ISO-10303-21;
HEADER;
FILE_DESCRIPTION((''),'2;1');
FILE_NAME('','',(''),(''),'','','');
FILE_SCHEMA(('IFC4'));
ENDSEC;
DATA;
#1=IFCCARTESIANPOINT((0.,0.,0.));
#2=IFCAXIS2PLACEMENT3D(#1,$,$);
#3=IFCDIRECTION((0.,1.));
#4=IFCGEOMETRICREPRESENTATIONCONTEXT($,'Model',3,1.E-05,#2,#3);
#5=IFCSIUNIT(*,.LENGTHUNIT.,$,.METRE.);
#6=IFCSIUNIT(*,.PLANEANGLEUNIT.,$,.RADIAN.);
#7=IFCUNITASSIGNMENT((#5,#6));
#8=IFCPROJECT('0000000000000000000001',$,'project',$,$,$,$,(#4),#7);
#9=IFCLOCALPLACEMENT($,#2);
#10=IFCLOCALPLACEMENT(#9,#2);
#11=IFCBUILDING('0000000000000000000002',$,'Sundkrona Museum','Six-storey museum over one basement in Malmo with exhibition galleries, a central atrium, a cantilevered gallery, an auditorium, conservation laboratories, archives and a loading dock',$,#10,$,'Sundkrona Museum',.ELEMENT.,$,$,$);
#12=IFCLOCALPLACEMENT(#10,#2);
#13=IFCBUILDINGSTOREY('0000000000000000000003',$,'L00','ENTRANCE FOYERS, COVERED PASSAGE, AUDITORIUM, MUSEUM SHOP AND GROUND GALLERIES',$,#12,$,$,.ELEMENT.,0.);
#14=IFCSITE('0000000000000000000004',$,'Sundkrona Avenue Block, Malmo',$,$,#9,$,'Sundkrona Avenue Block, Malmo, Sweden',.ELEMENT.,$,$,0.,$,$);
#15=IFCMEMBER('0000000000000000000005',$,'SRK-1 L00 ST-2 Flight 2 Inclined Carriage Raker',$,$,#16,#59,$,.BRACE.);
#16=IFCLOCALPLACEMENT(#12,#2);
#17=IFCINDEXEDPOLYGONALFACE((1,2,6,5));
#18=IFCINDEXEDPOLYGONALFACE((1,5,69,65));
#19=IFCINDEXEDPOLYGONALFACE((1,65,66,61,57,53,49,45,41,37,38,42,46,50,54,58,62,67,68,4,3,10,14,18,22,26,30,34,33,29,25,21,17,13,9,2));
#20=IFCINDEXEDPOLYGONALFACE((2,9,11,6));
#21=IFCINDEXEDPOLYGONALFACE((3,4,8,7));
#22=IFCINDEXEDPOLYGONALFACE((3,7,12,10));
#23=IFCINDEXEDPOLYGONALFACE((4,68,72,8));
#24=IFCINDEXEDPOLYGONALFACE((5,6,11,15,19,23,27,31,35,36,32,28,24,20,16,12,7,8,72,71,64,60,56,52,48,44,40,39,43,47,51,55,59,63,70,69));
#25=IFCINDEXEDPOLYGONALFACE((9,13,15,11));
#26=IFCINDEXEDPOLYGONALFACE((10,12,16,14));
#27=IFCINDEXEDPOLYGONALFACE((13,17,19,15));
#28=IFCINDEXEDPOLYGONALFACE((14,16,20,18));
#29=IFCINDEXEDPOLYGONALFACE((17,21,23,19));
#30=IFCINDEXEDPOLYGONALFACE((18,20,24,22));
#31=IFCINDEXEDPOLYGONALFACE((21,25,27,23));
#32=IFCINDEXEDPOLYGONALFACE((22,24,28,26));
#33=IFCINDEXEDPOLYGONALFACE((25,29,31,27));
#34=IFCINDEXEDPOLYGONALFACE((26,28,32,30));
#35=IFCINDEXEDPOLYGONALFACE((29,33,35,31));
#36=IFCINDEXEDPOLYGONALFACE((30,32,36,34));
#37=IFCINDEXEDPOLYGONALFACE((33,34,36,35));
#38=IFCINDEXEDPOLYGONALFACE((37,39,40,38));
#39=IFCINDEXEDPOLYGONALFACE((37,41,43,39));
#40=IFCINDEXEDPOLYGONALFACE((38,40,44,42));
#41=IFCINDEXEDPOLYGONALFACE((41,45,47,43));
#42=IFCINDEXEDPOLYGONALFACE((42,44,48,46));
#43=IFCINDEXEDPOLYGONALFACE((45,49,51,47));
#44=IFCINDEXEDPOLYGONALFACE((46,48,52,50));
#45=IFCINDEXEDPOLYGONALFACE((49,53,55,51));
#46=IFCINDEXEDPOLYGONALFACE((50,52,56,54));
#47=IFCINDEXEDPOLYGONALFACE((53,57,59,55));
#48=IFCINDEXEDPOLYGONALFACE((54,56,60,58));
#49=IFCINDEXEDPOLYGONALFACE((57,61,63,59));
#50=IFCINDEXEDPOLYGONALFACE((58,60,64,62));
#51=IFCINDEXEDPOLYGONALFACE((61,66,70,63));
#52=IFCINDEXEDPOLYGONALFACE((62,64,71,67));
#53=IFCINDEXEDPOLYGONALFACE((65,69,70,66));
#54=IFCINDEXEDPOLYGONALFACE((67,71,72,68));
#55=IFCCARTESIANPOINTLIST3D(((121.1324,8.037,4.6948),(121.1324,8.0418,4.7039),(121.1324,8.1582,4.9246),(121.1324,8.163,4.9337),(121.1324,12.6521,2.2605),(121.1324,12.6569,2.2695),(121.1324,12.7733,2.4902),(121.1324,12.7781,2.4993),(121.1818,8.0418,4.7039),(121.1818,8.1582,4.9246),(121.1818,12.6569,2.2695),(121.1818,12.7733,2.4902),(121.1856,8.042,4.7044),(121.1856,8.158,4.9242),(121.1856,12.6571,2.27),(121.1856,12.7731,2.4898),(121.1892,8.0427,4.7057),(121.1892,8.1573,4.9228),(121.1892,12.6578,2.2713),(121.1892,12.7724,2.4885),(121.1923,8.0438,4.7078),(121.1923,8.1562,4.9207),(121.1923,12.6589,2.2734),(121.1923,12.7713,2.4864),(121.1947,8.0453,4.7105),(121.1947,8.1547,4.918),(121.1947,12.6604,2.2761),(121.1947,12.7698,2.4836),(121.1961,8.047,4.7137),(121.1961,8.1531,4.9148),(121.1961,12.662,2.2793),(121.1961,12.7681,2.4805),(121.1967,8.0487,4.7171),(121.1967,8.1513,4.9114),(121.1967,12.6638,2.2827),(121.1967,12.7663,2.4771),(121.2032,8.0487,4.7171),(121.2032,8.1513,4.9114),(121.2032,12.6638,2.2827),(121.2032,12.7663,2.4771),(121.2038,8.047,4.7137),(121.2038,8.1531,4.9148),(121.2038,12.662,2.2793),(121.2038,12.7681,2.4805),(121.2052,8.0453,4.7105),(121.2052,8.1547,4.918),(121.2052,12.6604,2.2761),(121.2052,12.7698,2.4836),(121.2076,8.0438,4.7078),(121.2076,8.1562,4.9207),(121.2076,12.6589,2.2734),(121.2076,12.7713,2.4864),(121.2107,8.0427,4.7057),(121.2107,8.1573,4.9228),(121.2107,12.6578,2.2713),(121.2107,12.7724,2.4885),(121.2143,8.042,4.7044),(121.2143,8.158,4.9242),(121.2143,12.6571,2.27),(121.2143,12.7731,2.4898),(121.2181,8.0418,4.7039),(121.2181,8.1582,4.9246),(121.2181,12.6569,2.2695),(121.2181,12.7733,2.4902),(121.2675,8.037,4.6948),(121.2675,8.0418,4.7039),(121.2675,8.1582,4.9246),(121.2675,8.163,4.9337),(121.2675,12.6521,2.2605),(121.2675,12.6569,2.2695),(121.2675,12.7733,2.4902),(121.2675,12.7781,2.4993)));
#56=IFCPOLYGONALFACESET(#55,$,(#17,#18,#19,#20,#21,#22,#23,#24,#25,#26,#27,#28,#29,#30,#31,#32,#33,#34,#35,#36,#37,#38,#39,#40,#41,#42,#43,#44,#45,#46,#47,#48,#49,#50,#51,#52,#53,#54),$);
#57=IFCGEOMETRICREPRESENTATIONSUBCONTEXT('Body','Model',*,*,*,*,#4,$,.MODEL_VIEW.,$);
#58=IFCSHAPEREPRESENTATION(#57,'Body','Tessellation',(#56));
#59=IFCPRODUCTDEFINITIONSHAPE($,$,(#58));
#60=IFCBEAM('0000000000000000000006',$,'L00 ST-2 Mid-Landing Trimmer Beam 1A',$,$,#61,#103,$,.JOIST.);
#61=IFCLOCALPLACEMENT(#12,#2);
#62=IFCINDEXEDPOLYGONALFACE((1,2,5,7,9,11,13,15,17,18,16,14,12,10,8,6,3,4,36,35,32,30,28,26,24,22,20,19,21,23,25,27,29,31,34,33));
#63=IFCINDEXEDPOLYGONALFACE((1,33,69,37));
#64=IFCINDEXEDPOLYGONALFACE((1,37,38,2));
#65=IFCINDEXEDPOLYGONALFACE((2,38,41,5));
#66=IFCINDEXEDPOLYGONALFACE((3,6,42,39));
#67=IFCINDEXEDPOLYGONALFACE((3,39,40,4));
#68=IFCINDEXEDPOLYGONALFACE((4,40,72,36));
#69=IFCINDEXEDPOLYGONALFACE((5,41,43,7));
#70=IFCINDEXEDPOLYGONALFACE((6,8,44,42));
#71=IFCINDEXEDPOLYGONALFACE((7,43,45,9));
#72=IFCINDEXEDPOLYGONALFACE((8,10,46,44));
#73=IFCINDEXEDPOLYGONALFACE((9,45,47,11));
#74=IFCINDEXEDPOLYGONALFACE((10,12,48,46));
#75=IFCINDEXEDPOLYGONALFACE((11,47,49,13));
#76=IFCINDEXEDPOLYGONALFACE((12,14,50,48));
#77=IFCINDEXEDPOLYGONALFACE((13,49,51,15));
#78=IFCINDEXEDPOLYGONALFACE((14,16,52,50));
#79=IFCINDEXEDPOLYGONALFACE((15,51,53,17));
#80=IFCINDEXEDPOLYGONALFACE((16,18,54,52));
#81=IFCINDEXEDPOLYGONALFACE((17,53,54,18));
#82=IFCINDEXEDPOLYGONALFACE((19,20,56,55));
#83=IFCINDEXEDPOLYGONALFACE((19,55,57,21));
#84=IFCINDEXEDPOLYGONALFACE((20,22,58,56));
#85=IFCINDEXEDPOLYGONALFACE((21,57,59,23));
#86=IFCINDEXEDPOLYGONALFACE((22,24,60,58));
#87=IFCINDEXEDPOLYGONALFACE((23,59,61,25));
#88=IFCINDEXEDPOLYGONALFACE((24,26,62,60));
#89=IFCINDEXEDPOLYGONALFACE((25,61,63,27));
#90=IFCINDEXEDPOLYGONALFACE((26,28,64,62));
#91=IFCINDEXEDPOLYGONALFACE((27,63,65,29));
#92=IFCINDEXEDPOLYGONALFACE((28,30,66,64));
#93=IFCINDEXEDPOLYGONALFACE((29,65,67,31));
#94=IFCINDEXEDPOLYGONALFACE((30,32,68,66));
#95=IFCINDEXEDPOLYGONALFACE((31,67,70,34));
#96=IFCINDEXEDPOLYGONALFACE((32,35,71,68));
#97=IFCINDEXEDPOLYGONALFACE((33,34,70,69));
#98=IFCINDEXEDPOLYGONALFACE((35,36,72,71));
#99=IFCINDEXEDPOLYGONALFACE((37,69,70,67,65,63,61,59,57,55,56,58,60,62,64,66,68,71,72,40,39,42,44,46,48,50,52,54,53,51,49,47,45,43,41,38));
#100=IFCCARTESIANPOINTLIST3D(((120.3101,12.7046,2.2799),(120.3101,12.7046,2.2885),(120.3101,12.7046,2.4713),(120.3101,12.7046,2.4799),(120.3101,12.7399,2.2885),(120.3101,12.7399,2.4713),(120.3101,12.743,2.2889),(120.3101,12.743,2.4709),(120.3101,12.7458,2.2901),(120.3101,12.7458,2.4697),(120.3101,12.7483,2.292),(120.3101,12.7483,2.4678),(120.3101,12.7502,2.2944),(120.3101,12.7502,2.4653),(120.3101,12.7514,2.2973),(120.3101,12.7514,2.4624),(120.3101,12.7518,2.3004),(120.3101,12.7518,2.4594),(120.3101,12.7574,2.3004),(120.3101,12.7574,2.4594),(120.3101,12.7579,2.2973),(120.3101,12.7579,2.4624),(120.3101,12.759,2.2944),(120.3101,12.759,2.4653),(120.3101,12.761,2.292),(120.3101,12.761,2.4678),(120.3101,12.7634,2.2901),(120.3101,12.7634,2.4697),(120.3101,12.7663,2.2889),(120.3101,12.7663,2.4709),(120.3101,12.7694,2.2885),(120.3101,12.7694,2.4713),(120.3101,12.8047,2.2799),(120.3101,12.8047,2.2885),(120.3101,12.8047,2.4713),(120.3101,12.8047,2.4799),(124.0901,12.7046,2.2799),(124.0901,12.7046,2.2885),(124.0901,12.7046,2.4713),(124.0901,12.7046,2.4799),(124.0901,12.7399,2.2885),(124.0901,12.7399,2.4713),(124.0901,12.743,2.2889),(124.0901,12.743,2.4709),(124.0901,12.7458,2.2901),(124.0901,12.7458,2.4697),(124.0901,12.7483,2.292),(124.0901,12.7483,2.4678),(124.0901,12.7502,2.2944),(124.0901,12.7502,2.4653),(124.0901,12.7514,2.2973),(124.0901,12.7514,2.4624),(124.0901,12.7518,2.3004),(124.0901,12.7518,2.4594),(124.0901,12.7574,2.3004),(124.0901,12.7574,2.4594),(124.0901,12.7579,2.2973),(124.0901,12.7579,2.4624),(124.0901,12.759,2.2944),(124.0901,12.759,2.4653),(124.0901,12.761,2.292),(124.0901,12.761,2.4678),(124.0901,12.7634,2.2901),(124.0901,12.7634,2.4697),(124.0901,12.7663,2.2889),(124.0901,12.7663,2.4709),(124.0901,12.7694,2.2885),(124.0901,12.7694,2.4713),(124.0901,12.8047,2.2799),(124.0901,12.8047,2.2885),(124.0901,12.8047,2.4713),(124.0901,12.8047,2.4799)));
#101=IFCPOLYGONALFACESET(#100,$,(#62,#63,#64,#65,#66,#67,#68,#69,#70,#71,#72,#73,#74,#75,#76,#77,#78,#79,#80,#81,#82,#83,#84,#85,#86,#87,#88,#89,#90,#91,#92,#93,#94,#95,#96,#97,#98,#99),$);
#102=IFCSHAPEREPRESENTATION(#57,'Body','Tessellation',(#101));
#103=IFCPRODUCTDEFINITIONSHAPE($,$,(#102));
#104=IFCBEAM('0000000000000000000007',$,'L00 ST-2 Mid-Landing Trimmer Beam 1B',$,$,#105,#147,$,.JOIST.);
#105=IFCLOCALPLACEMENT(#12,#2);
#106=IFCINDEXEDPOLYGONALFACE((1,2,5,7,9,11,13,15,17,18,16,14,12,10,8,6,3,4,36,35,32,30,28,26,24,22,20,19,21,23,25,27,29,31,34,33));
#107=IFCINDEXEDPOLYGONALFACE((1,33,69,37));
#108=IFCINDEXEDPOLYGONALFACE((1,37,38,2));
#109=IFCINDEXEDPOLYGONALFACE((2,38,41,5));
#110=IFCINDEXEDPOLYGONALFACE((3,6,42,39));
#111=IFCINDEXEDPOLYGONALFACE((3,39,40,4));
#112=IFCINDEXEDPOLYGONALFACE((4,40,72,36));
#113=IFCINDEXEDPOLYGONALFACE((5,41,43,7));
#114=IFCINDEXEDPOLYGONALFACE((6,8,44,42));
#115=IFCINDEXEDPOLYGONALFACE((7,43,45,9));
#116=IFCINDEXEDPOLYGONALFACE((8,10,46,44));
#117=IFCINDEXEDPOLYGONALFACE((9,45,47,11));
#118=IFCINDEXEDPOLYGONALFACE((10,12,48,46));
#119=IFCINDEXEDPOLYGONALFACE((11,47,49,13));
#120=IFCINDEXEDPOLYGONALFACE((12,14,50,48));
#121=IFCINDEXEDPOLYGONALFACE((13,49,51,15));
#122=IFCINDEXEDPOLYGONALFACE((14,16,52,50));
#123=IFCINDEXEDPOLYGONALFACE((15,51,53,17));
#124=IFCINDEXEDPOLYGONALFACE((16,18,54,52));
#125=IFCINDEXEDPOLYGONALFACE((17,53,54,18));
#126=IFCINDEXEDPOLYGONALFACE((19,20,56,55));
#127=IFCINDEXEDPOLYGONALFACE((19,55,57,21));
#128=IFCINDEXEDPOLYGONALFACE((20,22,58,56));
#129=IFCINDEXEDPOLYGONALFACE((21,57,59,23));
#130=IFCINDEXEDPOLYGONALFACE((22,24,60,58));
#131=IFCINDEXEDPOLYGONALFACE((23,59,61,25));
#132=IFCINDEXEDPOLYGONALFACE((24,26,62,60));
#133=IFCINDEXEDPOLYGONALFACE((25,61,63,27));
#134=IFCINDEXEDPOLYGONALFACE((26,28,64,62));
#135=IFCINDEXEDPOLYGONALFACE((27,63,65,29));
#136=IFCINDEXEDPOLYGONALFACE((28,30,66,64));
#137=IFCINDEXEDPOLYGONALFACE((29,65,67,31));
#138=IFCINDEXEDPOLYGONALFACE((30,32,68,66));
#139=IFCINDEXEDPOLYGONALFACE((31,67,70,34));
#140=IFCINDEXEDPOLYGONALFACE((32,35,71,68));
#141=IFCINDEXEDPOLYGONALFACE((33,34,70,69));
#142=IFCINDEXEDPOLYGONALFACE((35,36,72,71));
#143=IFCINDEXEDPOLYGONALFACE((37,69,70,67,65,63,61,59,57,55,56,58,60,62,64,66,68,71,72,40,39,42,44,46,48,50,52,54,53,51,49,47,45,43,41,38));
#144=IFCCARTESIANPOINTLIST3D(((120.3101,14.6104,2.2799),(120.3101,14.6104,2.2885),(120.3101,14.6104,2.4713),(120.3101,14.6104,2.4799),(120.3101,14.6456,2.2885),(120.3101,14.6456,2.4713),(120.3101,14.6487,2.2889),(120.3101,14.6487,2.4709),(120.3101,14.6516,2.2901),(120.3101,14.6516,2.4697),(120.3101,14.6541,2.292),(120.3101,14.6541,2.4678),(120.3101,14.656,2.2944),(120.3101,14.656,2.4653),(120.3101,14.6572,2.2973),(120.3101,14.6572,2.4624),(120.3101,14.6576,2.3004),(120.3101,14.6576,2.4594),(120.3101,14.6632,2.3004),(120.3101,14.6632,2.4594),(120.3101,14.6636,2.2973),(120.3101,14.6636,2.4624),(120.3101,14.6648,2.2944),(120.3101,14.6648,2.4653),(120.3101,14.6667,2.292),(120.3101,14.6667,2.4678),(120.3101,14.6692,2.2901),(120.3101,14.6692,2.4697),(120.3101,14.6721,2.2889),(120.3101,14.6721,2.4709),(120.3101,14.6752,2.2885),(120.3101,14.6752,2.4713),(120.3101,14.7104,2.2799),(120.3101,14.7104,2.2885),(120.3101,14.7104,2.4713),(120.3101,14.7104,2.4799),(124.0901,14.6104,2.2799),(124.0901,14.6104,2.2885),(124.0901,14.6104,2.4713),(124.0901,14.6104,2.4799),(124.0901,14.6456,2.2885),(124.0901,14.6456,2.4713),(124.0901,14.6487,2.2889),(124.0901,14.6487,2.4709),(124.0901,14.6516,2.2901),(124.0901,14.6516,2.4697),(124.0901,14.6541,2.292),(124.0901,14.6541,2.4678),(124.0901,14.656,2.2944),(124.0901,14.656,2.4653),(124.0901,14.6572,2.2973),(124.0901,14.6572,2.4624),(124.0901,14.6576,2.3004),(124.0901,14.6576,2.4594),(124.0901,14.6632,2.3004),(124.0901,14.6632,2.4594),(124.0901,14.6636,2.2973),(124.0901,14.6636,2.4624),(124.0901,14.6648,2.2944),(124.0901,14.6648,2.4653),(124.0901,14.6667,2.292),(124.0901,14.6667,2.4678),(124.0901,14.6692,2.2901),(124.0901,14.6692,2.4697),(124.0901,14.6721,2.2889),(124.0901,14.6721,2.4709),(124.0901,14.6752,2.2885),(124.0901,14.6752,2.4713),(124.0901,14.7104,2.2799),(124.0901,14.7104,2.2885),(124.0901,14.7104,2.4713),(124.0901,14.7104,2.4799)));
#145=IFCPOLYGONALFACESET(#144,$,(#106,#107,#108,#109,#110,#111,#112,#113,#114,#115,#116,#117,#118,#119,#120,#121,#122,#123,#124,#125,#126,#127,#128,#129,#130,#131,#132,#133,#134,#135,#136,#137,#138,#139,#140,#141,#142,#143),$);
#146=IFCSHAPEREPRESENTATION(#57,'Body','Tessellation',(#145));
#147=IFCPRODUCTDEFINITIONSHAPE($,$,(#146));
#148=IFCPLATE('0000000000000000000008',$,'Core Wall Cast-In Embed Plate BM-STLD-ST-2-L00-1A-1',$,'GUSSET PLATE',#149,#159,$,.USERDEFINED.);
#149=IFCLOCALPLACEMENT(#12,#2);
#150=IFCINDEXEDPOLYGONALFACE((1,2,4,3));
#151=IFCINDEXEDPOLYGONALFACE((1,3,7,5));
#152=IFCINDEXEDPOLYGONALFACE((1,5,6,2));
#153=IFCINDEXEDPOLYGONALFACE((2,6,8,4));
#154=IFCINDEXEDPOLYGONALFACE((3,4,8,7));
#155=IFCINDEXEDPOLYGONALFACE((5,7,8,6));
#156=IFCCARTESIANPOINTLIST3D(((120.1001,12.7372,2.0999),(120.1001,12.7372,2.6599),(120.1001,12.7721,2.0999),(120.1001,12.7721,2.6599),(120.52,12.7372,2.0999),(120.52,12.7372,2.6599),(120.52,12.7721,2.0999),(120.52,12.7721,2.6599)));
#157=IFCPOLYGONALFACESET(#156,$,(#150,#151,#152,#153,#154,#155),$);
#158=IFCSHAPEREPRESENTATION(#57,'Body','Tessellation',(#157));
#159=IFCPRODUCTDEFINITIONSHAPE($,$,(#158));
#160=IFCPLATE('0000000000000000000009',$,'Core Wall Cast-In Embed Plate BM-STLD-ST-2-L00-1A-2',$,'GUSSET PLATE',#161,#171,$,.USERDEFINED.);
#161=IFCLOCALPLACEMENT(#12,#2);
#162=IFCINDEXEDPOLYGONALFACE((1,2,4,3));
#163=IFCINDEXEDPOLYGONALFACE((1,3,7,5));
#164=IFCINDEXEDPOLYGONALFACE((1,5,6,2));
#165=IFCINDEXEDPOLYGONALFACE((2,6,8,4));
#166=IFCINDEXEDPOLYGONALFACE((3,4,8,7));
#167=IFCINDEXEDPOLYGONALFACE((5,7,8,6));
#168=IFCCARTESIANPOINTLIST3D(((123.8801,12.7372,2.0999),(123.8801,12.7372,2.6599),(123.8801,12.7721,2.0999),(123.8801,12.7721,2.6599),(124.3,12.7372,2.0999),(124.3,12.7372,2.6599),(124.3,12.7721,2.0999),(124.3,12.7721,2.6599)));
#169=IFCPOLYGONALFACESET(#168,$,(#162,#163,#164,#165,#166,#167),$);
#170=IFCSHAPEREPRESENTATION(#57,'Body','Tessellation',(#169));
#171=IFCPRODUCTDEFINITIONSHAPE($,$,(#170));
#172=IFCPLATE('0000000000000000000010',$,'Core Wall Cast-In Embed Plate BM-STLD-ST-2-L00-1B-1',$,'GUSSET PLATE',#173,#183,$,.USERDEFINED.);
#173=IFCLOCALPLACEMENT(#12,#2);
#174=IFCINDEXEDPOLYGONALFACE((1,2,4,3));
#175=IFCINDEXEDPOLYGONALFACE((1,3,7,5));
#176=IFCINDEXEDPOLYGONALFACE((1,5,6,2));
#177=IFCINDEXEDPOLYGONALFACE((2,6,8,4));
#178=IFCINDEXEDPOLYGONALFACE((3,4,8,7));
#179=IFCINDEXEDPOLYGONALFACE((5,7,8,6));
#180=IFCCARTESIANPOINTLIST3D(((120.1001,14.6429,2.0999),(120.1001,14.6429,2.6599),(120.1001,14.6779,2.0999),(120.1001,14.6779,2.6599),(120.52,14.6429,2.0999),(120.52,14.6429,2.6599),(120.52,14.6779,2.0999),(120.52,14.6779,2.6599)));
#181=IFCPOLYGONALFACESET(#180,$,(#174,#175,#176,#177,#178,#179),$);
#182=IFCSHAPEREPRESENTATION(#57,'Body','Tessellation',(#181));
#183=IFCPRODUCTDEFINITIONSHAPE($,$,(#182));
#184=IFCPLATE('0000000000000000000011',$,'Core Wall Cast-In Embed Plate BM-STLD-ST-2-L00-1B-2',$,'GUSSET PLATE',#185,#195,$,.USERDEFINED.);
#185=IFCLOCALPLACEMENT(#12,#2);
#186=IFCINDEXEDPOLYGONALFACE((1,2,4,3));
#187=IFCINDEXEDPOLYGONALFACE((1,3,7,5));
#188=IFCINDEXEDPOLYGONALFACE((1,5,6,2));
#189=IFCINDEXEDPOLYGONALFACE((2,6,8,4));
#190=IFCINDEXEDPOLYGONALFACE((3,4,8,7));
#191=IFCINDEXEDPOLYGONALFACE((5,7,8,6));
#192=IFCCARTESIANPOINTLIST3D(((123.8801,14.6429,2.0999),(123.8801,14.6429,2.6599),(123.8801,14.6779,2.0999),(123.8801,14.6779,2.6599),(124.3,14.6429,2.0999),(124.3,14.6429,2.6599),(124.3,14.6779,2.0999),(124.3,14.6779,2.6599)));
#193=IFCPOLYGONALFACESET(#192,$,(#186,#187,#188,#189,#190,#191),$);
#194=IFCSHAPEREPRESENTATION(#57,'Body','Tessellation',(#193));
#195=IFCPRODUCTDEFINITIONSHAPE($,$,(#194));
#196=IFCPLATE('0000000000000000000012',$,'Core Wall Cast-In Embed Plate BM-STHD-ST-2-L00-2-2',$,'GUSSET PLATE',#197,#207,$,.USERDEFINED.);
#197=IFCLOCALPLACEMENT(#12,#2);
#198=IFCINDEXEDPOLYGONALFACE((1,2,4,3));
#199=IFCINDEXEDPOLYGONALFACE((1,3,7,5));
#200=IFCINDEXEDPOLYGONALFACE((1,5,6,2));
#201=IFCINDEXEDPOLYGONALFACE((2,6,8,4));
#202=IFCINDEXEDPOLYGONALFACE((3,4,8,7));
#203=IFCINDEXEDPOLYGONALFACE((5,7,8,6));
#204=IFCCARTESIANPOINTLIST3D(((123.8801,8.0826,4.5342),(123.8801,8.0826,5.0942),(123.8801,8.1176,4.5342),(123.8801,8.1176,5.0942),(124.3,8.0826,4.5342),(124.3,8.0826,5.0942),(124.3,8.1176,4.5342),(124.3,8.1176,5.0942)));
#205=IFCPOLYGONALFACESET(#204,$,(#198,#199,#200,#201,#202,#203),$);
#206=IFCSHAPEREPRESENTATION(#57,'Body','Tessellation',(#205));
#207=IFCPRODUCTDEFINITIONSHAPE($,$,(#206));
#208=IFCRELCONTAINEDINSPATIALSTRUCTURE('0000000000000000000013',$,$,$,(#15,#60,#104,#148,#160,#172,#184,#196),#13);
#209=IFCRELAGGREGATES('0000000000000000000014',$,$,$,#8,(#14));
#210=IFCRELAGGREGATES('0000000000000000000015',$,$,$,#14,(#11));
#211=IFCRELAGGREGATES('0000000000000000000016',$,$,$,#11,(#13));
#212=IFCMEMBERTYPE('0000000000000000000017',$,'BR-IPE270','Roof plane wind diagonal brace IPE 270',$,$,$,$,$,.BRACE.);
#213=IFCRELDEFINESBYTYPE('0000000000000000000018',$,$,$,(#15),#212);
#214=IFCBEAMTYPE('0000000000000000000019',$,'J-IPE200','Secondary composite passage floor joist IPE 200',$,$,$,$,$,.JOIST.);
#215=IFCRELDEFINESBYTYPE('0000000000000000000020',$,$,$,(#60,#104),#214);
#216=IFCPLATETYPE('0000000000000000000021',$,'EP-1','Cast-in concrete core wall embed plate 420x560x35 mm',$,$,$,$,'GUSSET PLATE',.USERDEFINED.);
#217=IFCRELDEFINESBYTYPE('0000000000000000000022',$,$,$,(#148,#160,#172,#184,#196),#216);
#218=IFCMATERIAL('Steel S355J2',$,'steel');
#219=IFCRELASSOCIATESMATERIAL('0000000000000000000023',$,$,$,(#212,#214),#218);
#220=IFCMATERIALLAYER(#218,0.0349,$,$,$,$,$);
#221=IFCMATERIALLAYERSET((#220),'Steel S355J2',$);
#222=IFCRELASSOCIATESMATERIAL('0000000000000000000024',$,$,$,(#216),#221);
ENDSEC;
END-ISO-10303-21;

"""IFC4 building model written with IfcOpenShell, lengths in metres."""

from ifc_helpers import new_model, si_unit, direction, frame, origin, origin_2d, place, context, subcontext, project, spatial, rectangle, i_section, extrude, material, layer, layer_set, material_profile, profile_set, type_object, element, save


model = new_model("IFC4")

# Units and contexts
model_context = context("Model", 3, precision=1e-05, world=origin(), true_north=direction((0.0, 1.0)))
body_context = subcontext(model_context, "Body", "Model", "MODEL_VIEW")
ifc_project = project(units=[si_unit("LENGTHUNIT", "METRE"), si_unit("PLANEANGLEUNIT", "RADIAN")], contexts=[model_context])

# Site, building, storey
site_placement = place(None, origin())
site = spatial("IfcSite", under=ifc_project, at=site_placement, Name="Sundkrona Avenue Block, Malmo", LongName="Sundkrona Avenue Block, Malmo, Sweden", CompositionType="ELEMENT", RefElevation=0.0)
building_placement = place(site_placement, origin())
building = spatial("IfcBuilding", under=site, at=building_placement, Name="Sundkrona Museum", Description="Six-storey museum over one basement in Malmo with exhibition galleries, a central atrium, a cantilevered gallery, an auditorium, conservation laboratories, archives and a loading dock", LongName="Sundkrona Museum", CompositionType="ELEMENT")
storey_placement = place(building_placement, origin())
storey = spatial("IfcBuildingStorey", under=building, at=storey_placement, Name="L00", Description="ENTRANCE FOYERS, COVERED PASSAGE, AUDITORIUM, MUSEUM SHOP AND GROUND GALLERIES", CompositionType="ELEMENT", Elevation=0.0)

# Member
ifc_material_1 = material(Name="Steel S355J2", Category="steel")
ifc_material_profile_1 = material_profile(ifc_material_1, i_section(OverallWidth=0.135, OverallDepth=0.27, WebThickness=0.0066, FlangeThickness=0.0103, FilletRadius=0.0149, at=origin_2d()), Name="IPE 270")
ifc_profile_set_1 = profile_set([ifc_material_profile_1], Name="Steel S355J2")
member_type = type_object("IfcMemberType", Name="BR-IPE270", Description="Roof plane wind diagonal brace IPE 270", PredefinedType="BRACE", material=ifc_profile_set_1)
member_placement = place(storey_placement, frame((121.2, 12.7151, 2.3799), z_axis=(0.0, -0.884493, 0.466554), x_axis=(1.0, 0.0, 0.0)))
element("IfcMember", 1, at=member_placement, inside=storey, type_object=member_type, Name="SRK-1 L00 ST-2 Flight 2 Inclined Carriage Raker", PredefinedType="BRACE", context=body_context, shape_type="SweptSolid", body=[
    extrude(i_section(OverallWidth=0.135, OverallDepth=0.27, WebThickness=0.0066, FlangeThickness=0.0103, FilletRadius=0.0149, at=origin_2d()), origin(), (0.0, 0.0, 1.0), 5.2178),
])

# Beams
ifc_material_profile_2 = material_profile(ifc_material_1, i_section(OverallWidth=0.1001, OverallDepth=0.2, WebThickness=0.0056, FlangeThickness=0.0085, FilletRadius=0.012, at=origin_2d()), Name="IPE 200")
ifc_profile_set_2 = profile_set([ifc_material_profile_2], Name="Steel S355J2")
beam_type = type_object("IfcBeamType", Name="J-IPE200", Description="Secondary composite passage floor joist IPE 200", PredefinedType="JOIST", material=ifc_profile_set_2)
for number, where, z_axis, x_axis, name in (
    (2, (120.3101, 12.7546, 2.3799), (1.0, 0.0, 0.0), (0.0, 1.0, 0.0), "L00 ST-2 Mid-Landing Trimmer Beam 1A"),
    (3, (120.3101, 14.6604, 2.3799), (1.0, 0.0, 0.0), (0.0, 1.0, 0.0), "L00 ST-2 Mid-Landing Trimmer Beam 1B"),
):
    element("IfcBeam", number, at=place(storey_placement, frame(where, z_axis=z_axis, x_axis=x_axis)), inside=storey, type_object=beam_type, Name=name, PredefinedType="JOIST", context=body_context, shape_type="SweptSolid", body=[
        extrude(i_section(OverallWidth=0.1001, OverallDepth=0.2, WebThickness=0.0056, FlangeThickness=0.0085, FilletRadius=0.012, at=origin_2d()), origin(), (0.0, 0.0, 1.0), 3.78),
    ])

# Plates
ifc_layer_1 = layer(ifc_material_1, 0.0349)
ifc_layer_set_1 = layer_set([ifc_layer_1], Name="Steel S355J2")
plate_type = type_object("IfcPlateType", Name="EP-1", Description="Cast-in concrete core wall embed plate 420x560x35 mm", ElementType="GUSSET PLATE", PredefinedType="USERDEFINED", material=ifc_layer_set_1)
for number, where, z_axis, x_axis, name in (
    (4, (120.3101, 12.7546, 2.0999), (0.0, 0.0, 1.0), (1.0, 0.0, 0.0), "Core Wall Cast-In Embed Plate BM-STLD-ST-2-L00-1A-1"),
    (5, (124.0901, 12.7546, 2.0999), (0.0, 0.0, 1.0), (1.0, 0.0, 0.0), "Core Wall Cast-In Embed Plate BM-STLD-ST-2-L00-1A-2"),
    (6, (120.3101, 14.6604, 2.0999), (0.0, 0.0, 1.0), (1.0, 0.0, 0.0), "Core Wall Cast-In Embed Plate BM-STLD-ST-2-L00-1B-1"),
    (7, (124.0901, 14.6604, 2.0999), (0.0, 0.0, 1.0), (1.0, 0.0, 0.0), "Core Wall Cast-In Embed Plate BM-STLD-ST-2-L00-1B-2"),
    (8, (124.0901, 8.1001, 4.5342), (0.0, 0.0, 1.0), (1.0, 0.0, 0.0), "Core Wall Cast-In Embed Plate BM-STHD-ST-2-L00-2-2"),
):
    element("IfcPlate", number, at=place(storey_placement, frame(where, z_axis=z_axis, x_axis=x_axis)), inside=storey, type_object=plate_type, Name=name, ObjectType="GUSSET PLATE", PredefinedType="USERDEFINED", context=body_context, shape_type="SweptSolid", body=[
        extrude(rectangle(XDim=0.4199, YDim=0.0349, at=origin_2d()), origin(), (0.0, 0.0, 1.0), 0.5601),
    ])

save(model, "model.ifc")
